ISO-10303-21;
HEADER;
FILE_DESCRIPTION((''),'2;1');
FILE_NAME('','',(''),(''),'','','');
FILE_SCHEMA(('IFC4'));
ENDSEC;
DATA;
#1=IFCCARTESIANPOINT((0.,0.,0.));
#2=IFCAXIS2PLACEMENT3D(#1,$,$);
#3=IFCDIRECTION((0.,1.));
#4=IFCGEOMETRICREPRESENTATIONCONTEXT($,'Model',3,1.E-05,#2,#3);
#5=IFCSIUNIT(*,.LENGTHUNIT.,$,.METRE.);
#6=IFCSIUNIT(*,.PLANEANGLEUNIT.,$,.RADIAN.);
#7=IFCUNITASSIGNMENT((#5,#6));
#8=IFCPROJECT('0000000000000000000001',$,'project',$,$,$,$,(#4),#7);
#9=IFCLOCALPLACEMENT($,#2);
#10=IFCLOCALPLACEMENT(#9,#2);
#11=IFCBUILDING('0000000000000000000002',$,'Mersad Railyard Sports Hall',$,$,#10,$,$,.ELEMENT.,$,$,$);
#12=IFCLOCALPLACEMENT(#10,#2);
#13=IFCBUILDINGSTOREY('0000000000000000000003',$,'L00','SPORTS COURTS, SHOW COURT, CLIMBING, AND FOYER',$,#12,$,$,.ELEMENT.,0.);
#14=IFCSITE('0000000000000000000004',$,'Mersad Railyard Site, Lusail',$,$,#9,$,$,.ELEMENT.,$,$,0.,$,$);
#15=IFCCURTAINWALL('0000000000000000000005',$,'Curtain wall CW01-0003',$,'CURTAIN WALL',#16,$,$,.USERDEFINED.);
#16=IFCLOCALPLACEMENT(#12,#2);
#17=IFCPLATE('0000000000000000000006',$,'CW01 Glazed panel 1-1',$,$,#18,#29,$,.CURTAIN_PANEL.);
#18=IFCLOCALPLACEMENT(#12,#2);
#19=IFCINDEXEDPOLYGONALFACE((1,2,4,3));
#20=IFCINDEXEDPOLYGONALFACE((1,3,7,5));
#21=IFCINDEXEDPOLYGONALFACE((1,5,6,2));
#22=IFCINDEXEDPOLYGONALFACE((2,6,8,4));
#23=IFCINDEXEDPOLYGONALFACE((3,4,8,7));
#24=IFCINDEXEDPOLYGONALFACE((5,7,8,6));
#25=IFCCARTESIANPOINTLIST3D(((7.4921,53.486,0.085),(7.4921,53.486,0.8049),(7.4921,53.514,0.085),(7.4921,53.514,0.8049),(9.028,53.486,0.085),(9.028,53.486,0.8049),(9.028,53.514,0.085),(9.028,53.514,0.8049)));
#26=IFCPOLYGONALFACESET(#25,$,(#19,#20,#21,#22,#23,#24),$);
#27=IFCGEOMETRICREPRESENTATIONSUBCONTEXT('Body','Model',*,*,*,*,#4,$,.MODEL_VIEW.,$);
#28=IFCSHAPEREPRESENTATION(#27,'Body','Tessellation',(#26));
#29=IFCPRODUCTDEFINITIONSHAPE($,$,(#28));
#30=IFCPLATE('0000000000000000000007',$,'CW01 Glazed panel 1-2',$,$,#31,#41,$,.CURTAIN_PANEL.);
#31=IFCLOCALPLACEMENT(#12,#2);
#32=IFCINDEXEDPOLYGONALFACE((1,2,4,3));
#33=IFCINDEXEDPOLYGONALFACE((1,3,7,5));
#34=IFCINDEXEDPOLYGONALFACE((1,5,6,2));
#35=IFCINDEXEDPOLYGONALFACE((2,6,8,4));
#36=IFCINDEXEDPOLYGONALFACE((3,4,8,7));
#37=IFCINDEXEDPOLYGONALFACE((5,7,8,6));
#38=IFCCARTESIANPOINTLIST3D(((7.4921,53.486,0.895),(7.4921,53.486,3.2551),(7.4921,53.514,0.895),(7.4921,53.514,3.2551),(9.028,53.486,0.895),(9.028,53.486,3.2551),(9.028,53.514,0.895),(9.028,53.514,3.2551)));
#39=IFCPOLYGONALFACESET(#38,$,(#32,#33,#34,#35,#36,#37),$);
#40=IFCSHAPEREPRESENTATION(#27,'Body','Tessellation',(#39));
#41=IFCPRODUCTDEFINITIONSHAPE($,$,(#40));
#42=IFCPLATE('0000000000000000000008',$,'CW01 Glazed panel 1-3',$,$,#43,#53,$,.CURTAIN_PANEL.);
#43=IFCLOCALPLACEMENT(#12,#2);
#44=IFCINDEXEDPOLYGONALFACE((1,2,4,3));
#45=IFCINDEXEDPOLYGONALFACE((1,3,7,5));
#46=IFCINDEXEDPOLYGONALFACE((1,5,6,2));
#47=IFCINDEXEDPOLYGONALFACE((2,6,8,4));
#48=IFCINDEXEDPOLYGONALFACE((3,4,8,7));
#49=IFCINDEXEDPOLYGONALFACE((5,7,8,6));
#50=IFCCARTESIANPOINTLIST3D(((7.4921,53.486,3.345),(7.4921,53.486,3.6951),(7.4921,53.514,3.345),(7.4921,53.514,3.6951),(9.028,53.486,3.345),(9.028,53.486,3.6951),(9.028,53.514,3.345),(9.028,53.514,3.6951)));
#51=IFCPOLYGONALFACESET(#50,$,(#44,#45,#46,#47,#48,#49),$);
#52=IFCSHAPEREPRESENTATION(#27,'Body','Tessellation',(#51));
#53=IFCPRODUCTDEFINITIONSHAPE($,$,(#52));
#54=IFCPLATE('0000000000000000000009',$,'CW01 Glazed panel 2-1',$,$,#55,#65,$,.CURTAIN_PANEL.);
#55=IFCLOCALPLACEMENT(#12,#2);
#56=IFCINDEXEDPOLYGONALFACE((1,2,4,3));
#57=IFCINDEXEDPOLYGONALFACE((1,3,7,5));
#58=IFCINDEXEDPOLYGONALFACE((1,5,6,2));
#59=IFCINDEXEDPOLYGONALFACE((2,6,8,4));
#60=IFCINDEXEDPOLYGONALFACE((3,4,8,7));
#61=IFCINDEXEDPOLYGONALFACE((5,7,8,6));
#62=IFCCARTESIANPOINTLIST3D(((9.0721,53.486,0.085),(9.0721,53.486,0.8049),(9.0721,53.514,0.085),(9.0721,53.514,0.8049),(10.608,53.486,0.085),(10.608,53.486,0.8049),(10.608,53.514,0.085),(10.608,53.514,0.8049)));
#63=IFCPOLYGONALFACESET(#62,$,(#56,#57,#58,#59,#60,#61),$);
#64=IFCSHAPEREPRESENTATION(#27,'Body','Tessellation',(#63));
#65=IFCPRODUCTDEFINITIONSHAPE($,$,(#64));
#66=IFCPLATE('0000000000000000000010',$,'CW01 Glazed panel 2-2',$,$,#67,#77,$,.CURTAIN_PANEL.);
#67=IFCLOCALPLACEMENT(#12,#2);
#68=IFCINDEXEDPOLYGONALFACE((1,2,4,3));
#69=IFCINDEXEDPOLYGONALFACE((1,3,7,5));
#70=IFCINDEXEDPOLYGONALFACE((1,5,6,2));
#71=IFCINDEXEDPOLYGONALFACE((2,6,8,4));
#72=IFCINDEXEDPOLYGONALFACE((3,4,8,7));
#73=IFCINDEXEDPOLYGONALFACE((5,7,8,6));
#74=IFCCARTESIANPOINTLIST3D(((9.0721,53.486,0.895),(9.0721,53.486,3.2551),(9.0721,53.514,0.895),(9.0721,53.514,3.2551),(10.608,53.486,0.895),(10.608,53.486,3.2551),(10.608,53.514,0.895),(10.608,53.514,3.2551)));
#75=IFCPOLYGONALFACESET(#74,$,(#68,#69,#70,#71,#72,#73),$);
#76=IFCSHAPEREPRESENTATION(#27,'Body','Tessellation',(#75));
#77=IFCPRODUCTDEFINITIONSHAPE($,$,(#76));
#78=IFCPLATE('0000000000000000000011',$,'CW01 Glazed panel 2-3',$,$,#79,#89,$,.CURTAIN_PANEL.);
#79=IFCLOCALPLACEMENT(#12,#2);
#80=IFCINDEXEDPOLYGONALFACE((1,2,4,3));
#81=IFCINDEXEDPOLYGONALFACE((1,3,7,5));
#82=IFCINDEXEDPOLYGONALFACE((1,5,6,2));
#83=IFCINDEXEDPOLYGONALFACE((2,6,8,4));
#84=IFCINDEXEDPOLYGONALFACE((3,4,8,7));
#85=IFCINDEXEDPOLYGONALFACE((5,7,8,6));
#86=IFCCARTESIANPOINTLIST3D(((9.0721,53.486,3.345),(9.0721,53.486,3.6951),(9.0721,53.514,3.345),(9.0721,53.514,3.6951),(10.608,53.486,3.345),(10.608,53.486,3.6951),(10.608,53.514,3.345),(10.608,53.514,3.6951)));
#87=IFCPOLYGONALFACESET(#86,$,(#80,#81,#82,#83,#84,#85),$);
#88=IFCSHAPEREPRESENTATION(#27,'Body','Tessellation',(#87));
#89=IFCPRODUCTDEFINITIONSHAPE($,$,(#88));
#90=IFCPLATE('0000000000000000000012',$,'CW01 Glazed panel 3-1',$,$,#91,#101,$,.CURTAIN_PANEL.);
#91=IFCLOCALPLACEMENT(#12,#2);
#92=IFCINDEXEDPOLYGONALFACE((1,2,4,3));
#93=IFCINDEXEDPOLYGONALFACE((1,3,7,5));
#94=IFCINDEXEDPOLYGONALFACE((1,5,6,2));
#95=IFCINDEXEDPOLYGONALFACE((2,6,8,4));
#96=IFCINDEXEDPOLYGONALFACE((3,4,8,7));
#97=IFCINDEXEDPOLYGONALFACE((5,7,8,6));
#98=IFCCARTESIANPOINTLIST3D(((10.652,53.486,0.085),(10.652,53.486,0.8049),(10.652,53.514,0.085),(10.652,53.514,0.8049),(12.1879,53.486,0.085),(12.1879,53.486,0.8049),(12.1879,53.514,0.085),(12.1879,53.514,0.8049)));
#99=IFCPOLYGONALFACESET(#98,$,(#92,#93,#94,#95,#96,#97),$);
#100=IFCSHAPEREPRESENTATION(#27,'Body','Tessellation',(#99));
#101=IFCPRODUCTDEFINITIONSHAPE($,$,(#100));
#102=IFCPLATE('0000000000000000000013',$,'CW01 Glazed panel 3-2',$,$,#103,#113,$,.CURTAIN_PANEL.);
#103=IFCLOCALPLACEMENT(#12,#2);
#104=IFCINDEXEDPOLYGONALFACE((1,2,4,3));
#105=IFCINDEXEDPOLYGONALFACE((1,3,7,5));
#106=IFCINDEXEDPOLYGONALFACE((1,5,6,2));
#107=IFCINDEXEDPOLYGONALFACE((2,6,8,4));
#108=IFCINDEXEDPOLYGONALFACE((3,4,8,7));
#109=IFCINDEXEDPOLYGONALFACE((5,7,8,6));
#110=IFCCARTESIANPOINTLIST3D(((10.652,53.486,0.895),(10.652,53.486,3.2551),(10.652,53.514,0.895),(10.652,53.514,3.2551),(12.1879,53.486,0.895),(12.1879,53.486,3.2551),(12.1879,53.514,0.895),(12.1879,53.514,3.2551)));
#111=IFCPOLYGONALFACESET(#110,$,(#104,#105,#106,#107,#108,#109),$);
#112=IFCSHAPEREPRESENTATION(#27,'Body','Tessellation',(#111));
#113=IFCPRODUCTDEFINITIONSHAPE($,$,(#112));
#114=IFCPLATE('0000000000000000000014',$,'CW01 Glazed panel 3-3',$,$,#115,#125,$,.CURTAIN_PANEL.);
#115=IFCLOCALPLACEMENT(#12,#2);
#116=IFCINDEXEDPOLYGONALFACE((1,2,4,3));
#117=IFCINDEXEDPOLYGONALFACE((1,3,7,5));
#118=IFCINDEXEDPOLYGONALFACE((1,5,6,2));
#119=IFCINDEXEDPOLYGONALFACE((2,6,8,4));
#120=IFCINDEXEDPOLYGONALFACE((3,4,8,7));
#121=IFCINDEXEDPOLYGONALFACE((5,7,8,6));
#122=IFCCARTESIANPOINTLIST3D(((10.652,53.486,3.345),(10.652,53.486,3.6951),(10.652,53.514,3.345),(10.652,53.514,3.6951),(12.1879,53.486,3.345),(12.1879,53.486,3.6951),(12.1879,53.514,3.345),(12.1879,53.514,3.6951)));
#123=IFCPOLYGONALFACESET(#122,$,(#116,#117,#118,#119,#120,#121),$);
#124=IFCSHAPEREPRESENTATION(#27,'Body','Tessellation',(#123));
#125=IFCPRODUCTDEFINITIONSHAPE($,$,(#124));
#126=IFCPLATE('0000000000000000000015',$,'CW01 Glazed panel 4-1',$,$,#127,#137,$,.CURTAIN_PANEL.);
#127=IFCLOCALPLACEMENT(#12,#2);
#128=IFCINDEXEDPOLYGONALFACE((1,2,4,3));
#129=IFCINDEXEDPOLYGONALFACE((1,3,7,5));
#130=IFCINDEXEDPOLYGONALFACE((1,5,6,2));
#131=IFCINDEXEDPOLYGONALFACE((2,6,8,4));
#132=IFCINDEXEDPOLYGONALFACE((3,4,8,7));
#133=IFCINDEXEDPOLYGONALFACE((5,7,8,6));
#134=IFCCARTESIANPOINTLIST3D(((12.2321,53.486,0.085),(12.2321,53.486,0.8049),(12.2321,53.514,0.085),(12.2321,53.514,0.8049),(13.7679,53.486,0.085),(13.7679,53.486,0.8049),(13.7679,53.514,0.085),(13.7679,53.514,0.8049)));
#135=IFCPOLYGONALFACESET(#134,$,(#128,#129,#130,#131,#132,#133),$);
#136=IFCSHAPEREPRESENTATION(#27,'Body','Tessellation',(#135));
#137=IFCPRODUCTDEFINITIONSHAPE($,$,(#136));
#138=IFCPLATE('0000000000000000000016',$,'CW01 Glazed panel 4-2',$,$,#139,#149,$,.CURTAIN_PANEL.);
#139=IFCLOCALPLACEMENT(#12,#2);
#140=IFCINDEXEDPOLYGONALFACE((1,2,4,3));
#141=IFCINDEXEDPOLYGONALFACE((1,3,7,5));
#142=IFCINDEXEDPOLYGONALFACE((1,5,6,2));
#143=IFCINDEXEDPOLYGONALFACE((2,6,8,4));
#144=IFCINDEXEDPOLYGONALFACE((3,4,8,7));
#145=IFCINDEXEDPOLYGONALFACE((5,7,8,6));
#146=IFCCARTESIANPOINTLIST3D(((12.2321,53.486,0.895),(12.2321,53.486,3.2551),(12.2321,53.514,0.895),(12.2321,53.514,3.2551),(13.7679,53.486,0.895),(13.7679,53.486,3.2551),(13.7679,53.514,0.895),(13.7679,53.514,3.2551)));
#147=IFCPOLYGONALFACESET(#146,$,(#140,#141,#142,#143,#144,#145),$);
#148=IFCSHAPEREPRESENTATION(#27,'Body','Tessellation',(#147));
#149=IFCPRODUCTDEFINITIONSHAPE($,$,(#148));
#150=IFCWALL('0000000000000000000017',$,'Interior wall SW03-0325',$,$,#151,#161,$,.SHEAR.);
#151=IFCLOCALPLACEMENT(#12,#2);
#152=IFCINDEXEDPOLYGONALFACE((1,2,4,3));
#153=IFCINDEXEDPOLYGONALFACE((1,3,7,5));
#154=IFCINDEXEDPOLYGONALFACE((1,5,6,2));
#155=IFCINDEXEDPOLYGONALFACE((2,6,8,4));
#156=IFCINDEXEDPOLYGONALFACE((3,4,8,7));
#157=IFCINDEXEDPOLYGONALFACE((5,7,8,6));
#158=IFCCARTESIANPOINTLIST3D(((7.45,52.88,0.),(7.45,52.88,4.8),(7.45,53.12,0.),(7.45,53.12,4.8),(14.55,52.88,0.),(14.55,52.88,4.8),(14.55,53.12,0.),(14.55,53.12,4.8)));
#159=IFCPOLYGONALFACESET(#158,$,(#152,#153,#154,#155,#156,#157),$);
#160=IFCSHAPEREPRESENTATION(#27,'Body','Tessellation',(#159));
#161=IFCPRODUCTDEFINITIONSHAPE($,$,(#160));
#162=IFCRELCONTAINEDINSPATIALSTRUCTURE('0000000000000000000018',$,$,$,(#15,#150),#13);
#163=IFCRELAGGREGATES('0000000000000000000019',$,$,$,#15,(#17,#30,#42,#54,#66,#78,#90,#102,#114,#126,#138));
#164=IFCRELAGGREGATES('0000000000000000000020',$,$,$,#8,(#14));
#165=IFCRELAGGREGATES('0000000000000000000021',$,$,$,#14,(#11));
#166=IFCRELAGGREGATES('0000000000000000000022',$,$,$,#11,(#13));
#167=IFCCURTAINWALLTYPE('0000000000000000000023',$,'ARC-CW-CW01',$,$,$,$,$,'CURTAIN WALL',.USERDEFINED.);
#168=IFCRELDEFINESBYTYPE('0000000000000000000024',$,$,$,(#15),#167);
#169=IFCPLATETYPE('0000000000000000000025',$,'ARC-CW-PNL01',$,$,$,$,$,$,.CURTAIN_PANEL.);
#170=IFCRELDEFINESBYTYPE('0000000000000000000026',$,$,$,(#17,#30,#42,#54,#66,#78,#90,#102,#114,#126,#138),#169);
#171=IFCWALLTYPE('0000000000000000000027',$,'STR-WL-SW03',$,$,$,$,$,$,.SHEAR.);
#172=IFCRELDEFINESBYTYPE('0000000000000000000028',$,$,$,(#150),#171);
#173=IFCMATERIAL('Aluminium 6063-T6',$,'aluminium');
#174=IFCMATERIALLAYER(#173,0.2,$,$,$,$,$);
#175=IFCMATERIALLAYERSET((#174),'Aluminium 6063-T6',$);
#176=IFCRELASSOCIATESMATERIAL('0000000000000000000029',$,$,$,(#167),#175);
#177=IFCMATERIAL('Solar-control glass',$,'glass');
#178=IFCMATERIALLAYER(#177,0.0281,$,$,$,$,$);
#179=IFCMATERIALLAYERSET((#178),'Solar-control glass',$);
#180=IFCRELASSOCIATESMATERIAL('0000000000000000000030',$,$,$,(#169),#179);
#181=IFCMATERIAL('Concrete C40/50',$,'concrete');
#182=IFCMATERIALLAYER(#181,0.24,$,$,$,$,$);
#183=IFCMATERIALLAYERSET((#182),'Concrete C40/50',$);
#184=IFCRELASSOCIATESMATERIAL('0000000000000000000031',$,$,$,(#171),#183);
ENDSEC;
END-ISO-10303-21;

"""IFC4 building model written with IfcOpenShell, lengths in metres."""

from ifc_helpers import new_model, si_unit, direction, frame, frame_2d, origin, origin_2d, place, context, subcontext, project, spatial, rectangle, extrude, material, layer, layer_set, type_object, element, aggregate, save


model = new_model("IFC4")

# Units and contexts
model_context = context("Model", 3, precision=1e-05, world=origin(), true_north=direction((0.0, 1.0)))
body_context = subcontext(model_context, "Body", "Model", "MODEL_VIEW")
ifc_project = project(units=[si_unit("LENGTHUNIT", "METRE"), si_unit("PLANEANGLEUNIT", "RADIAN")], contexts=[model_context])

# Site, building, storey
site_placement = place(None, origin())
site = spatial("IfcSite", under=ifc_project, at=site_placement, Name="Mersad Railyard Site, Lusail", CompositionType="ELEMENT", RefElevation=0.0)
building_placement = place(site_placement, origin())
building = spatial("IfcBuilding", under=site, at=building_placement, Name="Mersad Railyard Sports Hall", CompositionType="ELEMENT")
storey_placement = place(building_placement, origin())
storey = spatial("IfcBuildingStorey", under=building, at=storey_placement, Name="L00", Description="SPORTS COURTS, SHOW COURT, CLIMBING, AND FOYER", CompositionType="ELEMENT", Elevation=0.0)

# Curtain wall
ifc_material_1 = material(Name="Aluminium 6063-T6", Category="aluminium")
ifc_layer_1 = layer(ifc_material_1, 0.2)
ifc_layer_set_1 = layer_set([ifc_layer_1], Name="Aluminium 6063-T6")
curtain_wall_type = type_object("IfcCurtainWallType", Name="ARC-CW-CW01", ElementType="CURTAIN WALL", PredefinedType="USERDEFINED", material=ifc_layer_set_1)
curtain_wall_placement = place(storey_placement, origin())
curtain_wall = element("IfcCurtainWall", 1, at=curtain_wall_placement, inside=storey, type_object=curtain_wall_type, Name="Curtain wall CW01-0003", ObjectType="CURTAIN WALL", PredefinedType="USERDEFINED")

# Plates
ifc_material_2 = material(Name="Solar-control glass", Category="glass")
ifc_layer_2 = layer(ifc_material_2, 0.0281)
ifc_layer_set_2 = layer_set([ifc_layer_2], Name="Solar-control glass")
plate_type = type_object("IfcPlateType", Name="ARC-CW-PNL01", PredefinedType="CURTAIN_PANEL", material=ifc_layer_set_2)
plate_1_placement = place(storey_placement, frame((8.26, 53.5, 0.085), z_axis=(0.0, 0.0, 1.0), x_axis=(1.0, 0.0, 0.0)))
plate_1 = element("IfcPlate", 2, at=plate_1_placement, type_object=plate_type, Name="CW01 Glazed panel 1-1", PredefinedType="CURTAIN_PANEL", context=body_context, shape_type="SweptSolid", body=[
    extrude(rectangle(XDim=1.5359, YDim=0.0281, at=origin_2d()), origin(), (0.0, 0.0, 1.0), 0.72),
])
plate_2_placement = place(storey_placement, frame((8.26, 53.5, 0.895), z_axis=(0.0, 0.0, 1.0), x_axis=(1.0, 0.0, 0.0)))
plate_2 = element("IfcPlate", 3, at=plate_2_placement, type_object=plate_type, Name="CW01 Glazed panel 1-2", PredefinedType="CURTAIN_PANEL", context=body_context, shape_type="SweptSolid", body=[
    extrude(rectangle(XDim=1.5359, YDim=0.0281, at=origin_2d()), origin(), (0.0, 0.0, 1.0), 2.3601),
])
plate_3_placement = place(storey_placement, frame((8.26, 53.5, 3.345), z_axis=(0.0, 0.0, 1.0), x_axis=(1.0, 0.0, 0.0)))
plate_3 = element("IfcPlate", 4, at=plate_3_placement, type_object=plate_type, Name="CW01 Glazed panel 1-3", PredefinedType="CURTAIN_PANEL", context=body_context, shape_type="SweptSolid", body=[
    extrude(rectangle(XDim=1.5359, YDim=0.0281, at=origin_2d()), origin(), (0.0, 0.0, 1.0), 0.3501),
])
plate_4_placement = place(storey_placement, frame((9.8401, 53.5, 0.085), z_axis=(0.0, 0.0, 1.0), x_axis=(1.0, 0.0, 0.0)))
plate_4 = element("IfcPlate", 5, at=plate_4_placement, type_object=plate_type, Name="CW01 Glazed panel 2-1", PredefinedType="CURTAIN_PANEL", context=body_context, shape_type="SweptSolid", body=[
    extrude(rectangle(XDim=1.5359, YDim=0.0281, at=origin_2d()), origin(), (0.0, 0.0, 1.0), 0.72),
])
plate_5_placement = place(storey_placement, frame((9.8401, 53.5, 0.895), z_axis=(0.0, 0.0, 1.0), x_axis=(1.0, 0.0, 0.0)))
plate_5 = element("IfcPlate", 6, at=plate_5_placement, type_object=plate_type, Name="CW01 Glazed panel 2-2", PredefinedType="CURTAIN_PANEL", context=body_context, shape_type="SweptSolid", body=[
    extrude(rectangle(XDim=1.5359, YDim=0.0281, at=origin_2d()), origin(), (0.0, 0.0, 1.0), 2.3601),
])
plate_6_placement = place(storey_placement, frame((9.8401, 53.5, 3.345), z_axis=(0.0, 0.0, 1.0), x_axis=(1.0, 0.0, 0.0)))
plate_6 = element("IfcPlate", 7, at=plate_6_placement, type_object=plate_type, Name="CW01 Glazed panel 2-3", PredefinedType="CURTAIN_PANEL", context=body_context, shape_type="SweptSolid", body=[
    extrude(rectangle(XDim=1.5359, YDim=0.0281, at=origin_2d()), origin(), (0.0, 0.0, 1.0), 0.3501),
])
plate_7_placement = place(storey_placement, frame((11.4199, 53.5, 0.085), z_axis=(0.0, 0.0, 1.0), x_axis=(1.0, 0.0, 0.0)))
plate_7 = element("IfcPlate", 8, at=plate_7_placement, type_object=plate_type, Name="CW01 Glazed panel 3-1", PredefinedType="CURTAIN_PANEL", context=body_context, shape_type="SweptSolid", body=[
    extrude(rectangle(XDim=1.5359, YDim=0.0281, at=origin_2d()), origin(), (0.0, 0.0, 1.0), 0.72),
])
plate_8_placement = place(storey_placement, frame((11.4199, 53.5, 0.895), z_axis=(0.0, 0.0, 1.0), x_axis=(1.0, 0.0, 0.0)))
plate_8 = element("IfcPlate", 9, at=plate_8_placement, type_object=plate_type, Name="CW01 Glazed panel 3-2", PredefinedType="CURTAIN_PANEL", context=body_context, shape_type="SweptSolid", body=[
    extrude(rectangle(XDim=1.5359, YDim=0.0281, at=origin_2d()), origin(), (0.0, 0.0, 1.0), 2.3601),
])
plate_9_placement = place(storey_placement, frame((11.4199, 53.5, 3.345), z_axis=(0.0, 0.0, 1.0), x_axis=(1.0, 0.0, 0.0)))
plate_9 = element("IfcPlate", 10, at=plate_9_placement, type_object=plate_type, Name="CW01 Glazed panel 3-3", PredefinedType="CURTAIN_PANEL", context=body_context, shape_type="SweptSolid", body=[
    extrude(rectangle(XDim=1.5359, YDim=0.0281, at=origin_2d()), origin(), (0.0, 0.0, 1.0), 0.3501),
])
plate_10_placement = place(storey_placement, frame((13.0, 53.5, 0.085), z_axis=(0.0, 0.0, 1.0), x_axis=(1.0, 0.0, 0.0)))
plate_10 = element("IfcPlate", 11, at=plate_10_placement, type_object=plate_type, Name="CW01 Glazed panel 4-1", PredefinedType="CURTAIN_PANEL", context=body_context, shape_type="SweptSolid", body=[
    extrude(rectangle(XDim=1.5359, YDim=0.0281, at=origin_2d()), origin(), (0.0, 0.0, 1.0), 0.72),
])
plate_11_placement = place(storey_placement, frame((13.0, 53.5, 0.895), z_axis=(0.0, 0.0, 1.0), x_axis=(1.0, 0.0, 0.0)))
plate_11 = element("IfcPlate", 12, at=plate_11_placement, type_object=plate_type, Name="CW01 Glazed panel 4-2", PredefinedType="CURTAIN_PANEL", context=body_context, shape_type="SweptSolid", body=[
    extrude(rectangle(XDim=1.5359, YDim=0.0281, at=origin_2d()), origin(), (0.0, 0.0, 1.0), 2.3601),
])
aggregate(curtain_wall, [plate_1, plate_2, plate_3, plate_4, plate_5, plate_6, plate_7, plate_8, plate_9, plate_10, plate_11])

# Wall
ifc_material_3 = material(Name="Concrete C40/50", Category="concrete")
ifc_layer_3 = layer(ifc_material_3, 0.24)
ifc_layer_set_3 = layer_set([ifc_layer_3], Name="Concrete C40/50")
wall_type = type_object("IfcWallType", Name="STR-WL-SW03", PredefinedType="SHEAR", material=ifc_layer_set_3)
wall_placement = place(storey_placement, frame((7.45, 53.0, 0.0), z_axis=(0.0, 0.0, 1.0), x_axis=(1.0, 0.0, 0.0)))
element("IfcWall", 13, at=wall_placement, inside=storey, type_object=wall_type, Name="Interior wall SW03-0325", PredefinedType="SHEAR", context=body_context, shape_type="SweptSolid", body=[
    extrude(rectangle(XDim=7.1001, YDim=0.24, at=frame_2d((3.55, 0.0))), origin(), (0.0, 0.0, 1.0), 4.8),
])

save(model, "model.ifc")
